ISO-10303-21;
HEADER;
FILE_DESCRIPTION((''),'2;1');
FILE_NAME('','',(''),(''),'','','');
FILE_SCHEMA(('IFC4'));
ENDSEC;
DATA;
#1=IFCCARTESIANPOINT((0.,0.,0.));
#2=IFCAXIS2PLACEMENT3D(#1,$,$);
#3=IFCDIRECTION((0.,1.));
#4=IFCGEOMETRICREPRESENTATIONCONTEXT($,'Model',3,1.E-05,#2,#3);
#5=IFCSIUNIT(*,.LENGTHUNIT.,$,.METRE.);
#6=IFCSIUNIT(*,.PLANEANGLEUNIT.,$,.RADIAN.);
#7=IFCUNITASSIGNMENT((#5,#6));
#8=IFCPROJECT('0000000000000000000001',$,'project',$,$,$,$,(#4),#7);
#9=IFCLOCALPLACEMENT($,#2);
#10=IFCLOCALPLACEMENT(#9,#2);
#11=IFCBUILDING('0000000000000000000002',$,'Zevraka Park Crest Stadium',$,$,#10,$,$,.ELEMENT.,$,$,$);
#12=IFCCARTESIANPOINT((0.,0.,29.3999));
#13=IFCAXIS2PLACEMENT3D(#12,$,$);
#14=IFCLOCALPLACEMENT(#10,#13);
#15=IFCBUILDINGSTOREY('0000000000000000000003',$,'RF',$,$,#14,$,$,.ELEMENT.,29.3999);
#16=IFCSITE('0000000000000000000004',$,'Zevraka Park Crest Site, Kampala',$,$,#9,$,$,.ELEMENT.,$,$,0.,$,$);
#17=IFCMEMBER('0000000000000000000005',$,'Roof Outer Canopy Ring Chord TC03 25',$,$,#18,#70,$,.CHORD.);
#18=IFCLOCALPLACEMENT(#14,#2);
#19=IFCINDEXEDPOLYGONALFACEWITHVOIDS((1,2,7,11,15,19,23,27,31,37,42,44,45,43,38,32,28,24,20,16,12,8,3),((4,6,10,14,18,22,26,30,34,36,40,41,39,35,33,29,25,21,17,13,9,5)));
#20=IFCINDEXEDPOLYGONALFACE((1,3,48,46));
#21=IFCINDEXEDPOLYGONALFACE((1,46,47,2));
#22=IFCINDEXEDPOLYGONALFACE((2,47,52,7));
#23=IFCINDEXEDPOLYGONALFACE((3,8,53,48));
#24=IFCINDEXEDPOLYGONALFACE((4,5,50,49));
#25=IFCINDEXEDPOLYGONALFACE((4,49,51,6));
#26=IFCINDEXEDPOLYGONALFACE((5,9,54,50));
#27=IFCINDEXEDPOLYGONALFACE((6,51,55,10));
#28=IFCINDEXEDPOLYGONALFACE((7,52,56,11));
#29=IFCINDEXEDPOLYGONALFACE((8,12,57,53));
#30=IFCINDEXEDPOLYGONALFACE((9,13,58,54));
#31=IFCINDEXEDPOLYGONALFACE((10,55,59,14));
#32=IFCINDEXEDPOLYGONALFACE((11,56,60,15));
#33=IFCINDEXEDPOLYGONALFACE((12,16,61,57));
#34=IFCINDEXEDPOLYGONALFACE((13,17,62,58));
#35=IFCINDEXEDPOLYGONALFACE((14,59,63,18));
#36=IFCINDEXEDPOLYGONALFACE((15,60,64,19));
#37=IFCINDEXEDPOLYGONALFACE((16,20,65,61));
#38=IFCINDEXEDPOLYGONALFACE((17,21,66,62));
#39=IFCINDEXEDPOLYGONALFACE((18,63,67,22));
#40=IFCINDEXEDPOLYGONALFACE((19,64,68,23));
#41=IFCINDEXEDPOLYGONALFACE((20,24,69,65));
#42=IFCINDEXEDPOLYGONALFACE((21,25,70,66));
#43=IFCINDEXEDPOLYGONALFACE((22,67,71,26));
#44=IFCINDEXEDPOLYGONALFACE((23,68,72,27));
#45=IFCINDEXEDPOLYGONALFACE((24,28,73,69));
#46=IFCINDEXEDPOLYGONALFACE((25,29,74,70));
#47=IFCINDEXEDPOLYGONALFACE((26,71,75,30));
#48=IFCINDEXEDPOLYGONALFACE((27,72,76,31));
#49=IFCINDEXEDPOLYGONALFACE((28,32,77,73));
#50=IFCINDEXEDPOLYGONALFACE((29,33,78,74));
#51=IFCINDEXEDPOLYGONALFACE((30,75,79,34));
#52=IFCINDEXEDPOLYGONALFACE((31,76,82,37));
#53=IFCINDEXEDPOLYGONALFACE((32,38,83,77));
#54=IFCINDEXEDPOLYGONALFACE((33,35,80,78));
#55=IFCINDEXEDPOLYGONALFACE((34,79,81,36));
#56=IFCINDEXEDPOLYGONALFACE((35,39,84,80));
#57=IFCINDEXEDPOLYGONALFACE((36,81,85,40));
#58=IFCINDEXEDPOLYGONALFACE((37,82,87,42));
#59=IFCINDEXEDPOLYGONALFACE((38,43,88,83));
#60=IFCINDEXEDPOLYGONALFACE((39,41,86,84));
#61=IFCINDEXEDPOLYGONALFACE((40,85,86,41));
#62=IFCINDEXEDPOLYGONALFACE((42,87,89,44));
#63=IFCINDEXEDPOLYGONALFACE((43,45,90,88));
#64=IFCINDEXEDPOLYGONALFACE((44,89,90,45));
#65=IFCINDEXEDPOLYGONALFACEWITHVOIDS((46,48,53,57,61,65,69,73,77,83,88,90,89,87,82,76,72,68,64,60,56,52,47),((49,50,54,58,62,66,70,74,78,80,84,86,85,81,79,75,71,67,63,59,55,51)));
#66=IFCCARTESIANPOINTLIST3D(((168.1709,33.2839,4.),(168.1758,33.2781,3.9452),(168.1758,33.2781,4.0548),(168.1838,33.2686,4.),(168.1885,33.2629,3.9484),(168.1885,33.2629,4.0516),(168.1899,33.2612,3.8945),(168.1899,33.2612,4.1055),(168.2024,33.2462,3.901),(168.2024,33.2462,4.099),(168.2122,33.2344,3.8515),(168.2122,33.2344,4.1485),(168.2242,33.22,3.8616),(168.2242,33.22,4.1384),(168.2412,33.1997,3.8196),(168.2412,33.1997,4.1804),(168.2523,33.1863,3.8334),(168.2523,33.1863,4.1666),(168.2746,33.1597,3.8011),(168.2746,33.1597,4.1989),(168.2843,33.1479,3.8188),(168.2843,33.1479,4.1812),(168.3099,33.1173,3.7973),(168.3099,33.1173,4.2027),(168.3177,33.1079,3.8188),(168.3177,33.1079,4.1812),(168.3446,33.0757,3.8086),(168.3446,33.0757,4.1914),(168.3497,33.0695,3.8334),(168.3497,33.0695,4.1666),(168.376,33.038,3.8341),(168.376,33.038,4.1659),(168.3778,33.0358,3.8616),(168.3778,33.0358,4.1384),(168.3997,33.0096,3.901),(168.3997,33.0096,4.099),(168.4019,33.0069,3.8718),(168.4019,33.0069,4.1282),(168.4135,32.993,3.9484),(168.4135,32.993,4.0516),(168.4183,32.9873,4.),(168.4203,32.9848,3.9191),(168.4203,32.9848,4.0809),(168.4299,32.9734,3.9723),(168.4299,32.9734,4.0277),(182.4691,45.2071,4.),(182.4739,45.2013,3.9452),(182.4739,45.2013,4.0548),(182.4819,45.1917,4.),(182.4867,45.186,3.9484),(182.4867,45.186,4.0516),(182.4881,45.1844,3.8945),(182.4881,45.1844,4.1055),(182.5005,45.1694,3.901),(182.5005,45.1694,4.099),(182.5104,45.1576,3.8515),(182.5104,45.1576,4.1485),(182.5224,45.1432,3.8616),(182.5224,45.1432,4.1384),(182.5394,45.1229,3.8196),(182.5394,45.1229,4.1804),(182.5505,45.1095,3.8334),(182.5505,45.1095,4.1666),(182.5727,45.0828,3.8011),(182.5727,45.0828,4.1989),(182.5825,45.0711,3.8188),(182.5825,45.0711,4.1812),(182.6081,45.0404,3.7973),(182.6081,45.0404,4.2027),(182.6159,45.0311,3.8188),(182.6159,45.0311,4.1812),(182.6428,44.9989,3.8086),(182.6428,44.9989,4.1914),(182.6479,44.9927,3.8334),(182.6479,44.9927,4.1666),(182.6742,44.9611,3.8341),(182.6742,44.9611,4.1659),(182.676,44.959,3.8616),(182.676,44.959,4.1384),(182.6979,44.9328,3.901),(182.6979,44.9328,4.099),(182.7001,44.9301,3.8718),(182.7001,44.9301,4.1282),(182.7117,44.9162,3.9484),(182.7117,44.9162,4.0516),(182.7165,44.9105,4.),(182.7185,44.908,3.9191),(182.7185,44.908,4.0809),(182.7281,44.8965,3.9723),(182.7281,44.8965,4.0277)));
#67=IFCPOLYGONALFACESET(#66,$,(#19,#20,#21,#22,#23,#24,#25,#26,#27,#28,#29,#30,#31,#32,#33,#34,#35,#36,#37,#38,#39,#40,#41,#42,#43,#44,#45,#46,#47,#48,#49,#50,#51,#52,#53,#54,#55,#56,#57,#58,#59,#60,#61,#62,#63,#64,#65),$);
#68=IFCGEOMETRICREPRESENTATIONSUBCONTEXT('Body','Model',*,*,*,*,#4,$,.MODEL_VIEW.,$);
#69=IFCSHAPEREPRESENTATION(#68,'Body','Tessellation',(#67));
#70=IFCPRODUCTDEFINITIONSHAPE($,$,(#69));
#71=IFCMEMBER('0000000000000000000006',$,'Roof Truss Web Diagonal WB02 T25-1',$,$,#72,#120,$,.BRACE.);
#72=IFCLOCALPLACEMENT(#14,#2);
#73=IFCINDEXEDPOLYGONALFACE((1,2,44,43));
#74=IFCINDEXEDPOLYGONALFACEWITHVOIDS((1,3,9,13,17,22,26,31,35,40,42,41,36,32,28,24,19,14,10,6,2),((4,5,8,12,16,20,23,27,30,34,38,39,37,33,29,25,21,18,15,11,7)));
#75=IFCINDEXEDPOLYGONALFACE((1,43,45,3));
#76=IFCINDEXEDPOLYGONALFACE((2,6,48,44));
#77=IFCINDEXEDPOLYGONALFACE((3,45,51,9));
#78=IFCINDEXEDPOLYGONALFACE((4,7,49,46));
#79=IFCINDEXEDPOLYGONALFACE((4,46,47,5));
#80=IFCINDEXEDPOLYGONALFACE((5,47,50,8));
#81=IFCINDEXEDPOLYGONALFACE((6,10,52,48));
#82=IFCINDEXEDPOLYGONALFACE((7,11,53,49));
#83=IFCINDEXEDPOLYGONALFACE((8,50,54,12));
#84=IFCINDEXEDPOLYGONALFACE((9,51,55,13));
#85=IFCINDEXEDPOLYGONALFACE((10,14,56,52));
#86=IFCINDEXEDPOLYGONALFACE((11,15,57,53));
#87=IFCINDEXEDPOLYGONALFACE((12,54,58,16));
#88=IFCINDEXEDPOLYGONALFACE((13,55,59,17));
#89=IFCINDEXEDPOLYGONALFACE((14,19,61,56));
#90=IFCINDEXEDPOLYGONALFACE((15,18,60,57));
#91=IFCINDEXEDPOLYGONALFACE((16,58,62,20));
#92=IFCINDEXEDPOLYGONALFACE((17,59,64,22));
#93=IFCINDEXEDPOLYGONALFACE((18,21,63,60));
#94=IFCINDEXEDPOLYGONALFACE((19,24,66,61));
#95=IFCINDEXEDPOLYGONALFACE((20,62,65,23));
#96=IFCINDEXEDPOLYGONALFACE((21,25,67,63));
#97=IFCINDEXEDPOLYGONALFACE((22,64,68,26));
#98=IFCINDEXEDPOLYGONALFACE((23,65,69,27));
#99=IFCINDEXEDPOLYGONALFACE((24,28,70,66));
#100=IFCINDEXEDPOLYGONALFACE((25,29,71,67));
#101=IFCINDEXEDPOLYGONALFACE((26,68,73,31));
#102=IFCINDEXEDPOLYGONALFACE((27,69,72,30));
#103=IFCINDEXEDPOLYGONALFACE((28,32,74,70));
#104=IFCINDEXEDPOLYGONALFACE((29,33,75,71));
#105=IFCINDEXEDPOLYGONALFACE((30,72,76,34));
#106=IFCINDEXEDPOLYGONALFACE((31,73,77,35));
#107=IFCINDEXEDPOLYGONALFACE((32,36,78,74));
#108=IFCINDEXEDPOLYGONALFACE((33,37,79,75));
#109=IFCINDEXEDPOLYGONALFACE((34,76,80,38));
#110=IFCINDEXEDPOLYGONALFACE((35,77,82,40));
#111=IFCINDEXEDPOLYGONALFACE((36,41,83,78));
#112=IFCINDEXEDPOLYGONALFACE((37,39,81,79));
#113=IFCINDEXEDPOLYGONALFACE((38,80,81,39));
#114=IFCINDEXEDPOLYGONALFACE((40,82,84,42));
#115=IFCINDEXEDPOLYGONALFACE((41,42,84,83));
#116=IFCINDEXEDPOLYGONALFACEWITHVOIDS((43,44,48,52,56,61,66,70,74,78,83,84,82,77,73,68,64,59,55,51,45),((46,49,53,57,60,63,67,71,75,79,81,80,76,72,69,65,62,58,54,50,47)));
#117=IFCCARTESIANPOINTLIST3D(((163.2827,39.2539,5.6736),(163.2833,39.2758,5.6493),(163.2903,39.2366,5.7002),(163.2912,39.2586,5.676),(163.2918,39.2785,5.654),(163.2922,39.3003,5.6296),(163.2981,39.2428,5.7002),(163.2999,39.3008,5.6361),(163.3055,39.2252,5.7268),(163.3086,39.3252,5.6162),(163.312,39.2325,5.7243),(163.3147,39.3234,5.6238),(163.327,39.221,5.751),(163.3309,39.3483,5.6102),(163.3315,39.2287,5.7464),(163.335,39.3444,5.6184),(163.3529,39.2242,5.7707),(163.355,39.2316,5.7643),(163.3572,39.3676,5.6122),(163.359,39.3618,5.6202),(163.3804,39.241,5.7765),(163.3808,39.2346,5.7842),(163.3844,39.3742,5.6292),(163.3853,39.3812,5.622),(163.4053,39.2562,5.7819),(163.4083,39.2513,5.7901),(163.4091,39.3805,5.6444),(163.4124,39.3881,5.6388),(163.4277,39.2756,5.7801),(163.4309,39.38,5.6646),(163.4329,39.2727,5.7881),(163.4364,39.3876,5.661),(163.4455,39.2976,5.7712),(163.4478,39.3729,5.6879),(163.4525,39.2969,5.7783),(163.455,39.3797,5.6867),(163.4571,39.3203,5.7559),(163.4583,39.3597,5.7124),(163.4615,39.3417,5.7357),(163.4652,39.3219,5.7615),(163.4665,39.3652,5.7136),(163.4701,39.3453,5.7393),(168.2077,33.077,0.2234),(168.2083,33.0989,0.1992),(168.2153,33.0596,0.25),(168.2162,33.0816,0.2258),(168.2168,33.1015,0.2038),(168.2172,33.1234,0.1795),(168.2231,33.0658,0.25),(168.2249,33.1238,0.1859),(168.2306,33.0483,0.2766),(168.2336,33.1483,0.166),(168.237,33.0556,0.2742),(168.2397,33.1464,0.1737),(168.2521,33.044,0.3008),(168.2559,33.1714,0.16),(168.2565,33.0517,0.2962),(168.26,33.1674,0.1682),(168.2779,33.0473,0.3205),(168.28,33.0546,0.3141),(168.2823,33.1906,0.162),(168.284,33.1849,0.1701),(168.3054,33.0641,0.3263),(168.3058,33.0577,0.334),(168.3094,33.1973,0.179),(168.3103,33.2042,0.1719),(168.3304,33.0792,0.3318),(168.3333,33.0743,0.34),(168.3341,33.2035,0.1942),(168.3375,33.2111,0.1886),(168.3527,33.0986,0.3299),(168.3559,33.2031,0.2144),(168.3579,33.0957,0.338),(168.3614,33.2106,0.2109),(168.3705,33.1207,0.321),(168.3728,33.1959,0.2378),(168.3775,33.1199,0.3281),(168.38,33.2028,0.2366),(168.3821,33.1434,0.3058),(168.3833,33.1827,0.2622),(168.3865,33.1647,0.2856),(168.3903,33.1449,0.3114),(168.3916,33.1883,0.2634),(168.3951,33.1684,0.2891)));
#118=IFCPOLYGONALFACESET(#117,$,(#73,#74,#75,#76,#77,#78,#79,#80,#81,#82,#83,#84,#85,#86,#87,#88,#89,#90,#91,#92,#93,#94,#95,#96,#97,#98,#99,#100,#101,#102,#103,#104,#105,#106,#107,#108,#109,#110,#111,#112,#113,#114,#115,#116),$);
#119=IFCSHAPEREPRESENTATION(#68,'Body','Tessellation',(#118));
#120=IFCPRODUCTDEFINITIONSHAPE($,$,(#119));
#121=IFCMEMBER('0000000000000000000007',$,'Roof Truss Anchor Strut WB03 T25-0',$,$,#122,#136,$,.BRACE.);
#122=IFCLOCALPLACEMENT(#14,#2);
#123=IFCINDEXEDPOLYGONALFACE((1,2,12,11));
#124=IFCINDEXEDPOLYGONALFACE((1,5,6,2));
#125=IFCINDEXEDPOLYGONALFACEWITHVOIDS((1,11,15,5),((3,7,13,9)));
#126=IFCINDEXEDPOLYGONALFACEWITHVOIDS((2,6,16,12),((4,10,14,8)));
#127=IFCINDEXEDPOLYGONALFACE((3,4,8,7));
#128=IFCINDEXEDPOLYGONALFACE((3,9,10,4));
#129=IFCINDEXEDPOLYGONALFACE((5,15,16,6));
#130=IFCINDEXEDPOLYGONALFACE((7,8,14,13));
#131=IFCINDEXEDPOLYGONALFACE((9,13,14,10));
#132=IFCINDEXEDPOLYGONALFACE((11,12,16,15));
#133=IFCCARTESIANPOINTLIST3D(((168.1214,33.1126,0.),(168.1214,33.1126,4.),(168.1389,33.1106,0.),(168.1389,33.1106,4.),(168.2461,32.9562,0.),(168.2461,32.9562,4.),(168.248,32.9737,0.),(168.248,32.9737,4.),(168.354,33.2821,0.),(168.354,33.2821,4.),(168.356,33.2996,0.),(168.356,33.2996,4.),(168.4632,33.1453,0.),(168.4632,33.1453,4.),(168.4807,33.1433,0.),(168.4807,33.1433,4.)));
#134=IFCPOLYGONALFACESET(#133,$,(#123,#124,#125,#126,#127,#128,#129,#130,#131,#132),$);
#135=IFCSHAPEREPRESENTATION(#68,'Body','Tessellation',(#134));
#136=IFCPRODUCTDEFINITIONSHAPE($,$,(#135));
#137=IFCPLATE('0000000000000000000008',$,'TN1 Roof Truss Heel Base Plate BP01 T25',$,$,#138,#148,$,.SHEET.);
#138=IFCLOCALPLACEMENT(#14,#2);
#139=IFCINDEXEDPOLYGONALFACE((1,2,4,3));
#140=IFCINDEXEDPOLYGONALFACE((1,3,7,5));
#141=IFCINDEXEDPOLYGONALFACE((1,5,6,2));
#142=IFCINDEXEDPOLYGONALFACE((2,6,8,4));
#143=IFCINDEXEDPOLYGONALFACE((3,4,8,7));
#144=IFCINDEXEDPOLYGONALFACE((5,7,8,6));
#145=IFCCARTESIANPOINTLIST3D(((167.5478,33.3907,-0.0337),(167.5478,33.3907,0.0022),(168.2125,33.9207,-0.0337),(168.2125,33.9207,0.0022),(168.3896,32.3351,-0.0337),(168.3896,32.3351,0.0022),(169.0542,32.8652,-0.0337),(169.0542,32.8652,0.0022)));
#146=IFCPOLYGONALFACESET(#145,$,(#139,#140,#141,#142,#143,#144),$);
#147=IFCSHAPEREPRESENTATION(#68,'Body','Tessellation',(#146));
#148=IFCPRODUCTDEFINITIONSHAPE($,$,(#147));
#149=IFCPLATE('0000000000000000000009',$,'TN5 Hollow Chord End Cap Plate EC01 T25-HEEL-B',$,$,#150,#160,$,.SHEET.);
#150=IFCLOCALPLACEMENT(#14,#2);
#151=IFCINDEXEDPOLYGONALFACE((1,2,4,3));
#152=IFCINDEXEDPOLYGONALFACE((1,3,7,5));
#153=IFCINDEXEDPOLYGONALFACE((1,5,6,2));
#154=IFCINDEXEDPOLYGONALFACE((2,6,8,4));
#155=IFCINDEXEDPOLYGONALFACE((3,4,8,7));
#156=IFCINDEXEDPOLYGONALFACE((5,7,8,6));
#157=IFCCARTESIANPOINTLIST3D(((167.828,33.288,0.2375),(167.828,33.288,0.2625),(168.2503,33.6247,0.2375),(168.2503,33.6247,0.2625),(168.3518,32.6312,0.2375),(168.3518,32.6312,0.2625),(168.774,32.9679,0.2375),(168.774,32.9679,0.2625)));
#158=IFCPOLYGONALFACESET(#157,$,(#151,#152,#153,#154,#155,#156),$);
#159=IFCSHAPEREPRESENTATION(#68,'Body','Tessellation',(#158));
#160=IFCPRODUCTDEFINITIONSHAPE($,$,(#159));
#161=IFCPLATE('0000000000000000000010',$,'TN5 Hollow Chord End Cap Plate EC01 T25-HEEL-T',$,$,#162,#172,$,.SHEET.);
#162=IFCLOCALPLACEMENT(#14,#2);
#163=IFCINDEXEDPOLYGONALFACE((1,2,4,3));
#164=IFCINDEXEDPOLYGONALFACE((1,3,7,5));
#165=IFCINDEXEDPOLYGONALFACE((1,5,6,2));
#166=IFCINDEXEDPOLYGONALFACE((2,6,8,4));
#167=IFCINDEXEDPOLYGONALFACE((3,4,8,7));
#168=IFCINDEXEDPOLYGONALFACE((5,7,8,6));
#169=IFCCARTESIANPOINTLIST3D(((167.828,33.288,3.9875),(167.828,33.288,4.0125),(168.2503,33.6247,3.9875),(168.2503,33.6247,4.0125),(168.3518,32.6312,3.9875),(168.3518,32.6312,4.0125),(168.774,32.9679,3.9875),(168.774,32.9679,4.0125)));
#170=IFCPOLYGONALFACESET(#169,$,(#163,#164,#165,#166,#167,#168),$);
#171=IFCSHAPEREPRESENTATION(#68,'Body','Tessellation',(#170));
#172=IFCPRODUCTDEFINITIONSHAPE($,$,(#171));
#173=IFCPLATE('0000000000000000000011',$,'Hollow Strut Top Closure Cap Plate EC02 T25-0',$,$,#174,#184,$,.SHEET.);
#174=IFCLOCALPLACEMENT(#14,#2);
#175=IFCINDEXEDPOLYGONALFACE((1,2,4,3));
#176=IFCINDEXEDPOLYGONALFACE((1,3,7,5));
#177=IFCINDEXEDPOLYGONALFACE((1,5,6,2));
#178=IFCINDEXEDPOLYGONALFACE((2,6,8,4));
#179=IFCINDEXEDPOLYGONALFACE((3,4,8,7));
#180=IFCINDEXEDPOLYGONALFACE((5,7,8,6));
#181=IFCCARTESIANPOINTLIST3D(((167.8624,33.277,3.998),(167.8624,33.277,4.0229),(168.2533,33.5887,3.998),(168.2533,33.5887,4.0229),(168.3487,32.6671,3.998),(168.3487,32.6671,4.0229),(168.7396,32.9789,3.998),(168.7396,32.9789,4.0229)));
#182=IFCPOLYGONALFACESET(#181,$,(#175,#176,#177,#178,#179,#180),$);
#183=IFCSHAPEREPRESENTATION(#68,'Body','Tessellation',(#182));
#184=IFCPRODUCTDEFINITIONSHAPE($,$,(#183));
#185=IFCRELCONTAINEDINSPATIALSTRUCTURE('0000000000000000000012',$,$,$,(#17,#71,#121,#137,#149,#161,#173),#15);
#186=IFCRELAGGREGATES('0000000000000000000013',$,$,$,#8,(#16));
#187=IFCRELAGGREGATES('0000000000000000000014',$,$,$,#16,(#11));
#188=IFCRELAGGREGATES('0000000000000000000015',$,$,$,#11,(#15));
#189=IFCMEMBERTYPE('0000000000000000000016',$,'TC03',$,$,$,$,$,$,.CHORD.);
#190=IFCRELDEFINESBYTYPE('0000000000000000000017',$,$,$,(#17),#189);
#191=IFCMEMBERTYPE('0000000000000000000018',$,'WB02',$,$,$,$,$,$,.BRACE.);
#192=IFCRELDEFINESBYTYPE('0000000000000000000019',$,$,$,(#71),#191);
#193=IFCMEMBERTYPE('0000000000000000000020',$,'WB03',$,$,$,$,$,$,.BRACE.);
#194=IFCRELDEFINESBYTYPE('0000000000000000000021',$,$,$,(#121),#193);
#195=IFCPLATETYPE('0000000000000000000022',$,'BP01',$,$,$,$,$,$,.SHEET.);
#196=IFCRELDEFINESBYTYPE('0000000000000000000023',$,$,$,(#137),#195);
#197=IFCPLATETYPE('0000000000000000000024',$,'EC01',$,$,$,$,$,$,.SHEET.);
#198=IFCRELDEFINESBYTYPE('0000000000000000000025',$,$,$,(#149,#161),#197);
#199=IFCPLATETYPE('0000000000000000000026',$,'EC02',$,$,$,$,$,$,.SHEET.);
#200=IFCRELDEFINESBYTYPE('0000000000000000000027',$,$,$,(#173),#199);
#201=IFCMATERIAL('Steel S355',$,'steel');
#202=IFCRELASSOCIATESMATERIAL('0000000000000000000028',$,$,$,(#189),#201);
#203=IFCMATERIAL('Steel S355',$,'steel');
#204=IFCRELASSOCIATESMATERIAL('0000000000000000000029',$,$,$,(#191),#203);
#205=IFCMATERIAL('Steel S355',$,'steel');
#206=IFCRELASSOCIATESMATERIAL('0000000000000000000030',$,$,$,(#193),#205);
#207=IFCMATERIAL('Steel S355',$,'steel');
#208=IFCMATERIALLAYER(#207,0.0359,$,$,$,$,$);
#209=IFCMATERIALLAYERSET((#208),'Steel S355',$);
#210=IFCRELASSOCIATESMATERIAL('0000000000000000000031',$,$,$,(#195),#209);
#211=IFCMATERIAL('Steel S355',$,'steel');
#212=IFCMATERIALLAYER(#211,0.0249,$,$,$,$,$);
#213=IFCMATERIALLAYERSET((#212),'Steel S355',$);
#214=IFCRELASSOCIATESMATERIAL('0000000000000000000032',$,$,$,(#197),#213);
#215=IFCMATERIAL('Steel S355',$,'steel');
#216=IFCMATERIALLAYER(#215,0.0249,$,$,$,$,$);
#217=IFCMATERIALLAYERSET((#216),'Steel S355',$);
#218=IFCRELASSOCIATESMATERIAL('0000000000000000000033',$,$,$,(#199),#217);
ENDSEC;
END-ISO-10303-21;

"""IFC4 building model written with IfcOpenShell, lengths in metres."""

from ifc_helpers import new_model, si_unit, direction, frame, origin, origin_2d, place, context, subcontext, project, spatial, rectangle, hollow_rectangle, hollow_circle, extrude, material, layer, layer_set, material_profile, profile_set, type_object, element, save


model = new_model("IFC4")

# Units and contexts
model_context = context("Model", 3, precision=1e-05, world=origin(), true_north=direction((0.0, 1.0)))
body_context = subcontext(model_context, "Body", "Model", "MODEL_VIEW")
ifc_project = project(units=[si_unit("LENGTHUNIT", "METRE"), si_unit("PLANEANGLEUNIT", "RADIAN")], contexts=[model_context])

# Site, building, storey
site_placement = place(None, origin())
site = spatial("IfcSite", under=ifc_project, at=site_placement, Name="Zevraka Park Crest Site, Kampala", CompositionType="ELEMENT", RefElevation=0.0)
building_placement = place(site_placement, origin())
building = spatial("IfcBuilding", under=site, at=building_placement, Name="Zevraka Park Crest Stadium", CompositionType="ELEMENT")
storey_placement = place(building_placement, frame((0.0, 0.0, 29.3999)))
storey = spatial("IfcBuildingStorey", under=building, at=storey_placement, Name="RF", CompositionType="ELEMENT", Elevation=29.3999)

# Members
ifc_material_1 = material(Name="Steel S355", Category="steel")
ifc_material_profile_1 = material_profile(ifc_material_1, hollow_circle(Radius=0.2031, WallThickness=0.02, at=origin_2d()), Name="CHS 406.4x20")
ifc_profile_set_1 = profile_set([ifc_material_profile_1], Name="Steel S355")
member_type_1 = type_object("IfcMemberType", Name="TC03", PredefinedType="CHORD", material=ifc_profile_set_1)
member_1_placement = place(storey_placement, frame((168.301, 33.1279, 4.0), z_axis=(0.768009, 0.640438, 0.0), x_axis=(-0.640438, 0.768009, 0.0)))
element("IfcMember", 1, at=member_1_placement, inside=storey, type_object=member_type_1, Name="Roof Outer Canopy Ring Chord TC03 25", PredefinedType="CHORD", context=body_context, shape_type="SweptSolid", body=[
    extrude(hollow_circle(Radius=0.2031, WallThickness=0.02, at=origin_2d()), origin(), (0.0, 0.0, 1.0), 18.6172),
])
ifc_material_2 = material(Name="Steel S355", Category="steel")
ifc_material_profile_2 = material_profile(ifc_material_2, hollow_circle(Radius=0.1096, WallThickness=0.01, at=origin_2d()), Name="CHS 219.1x10")
ifc_profile_set_2 = profile_set([ifc_material_profile_2], Name="Steel S355")
member_type_2 = type_object("IfcMemberType", Name="WB02", PredefinedType="BRACE", material=ifc_profile_set_2)
member_2_placement = place(storey_placement, frame((168.301, 33.1279, 0.25), z_axis=(-0.513148, 0.643591, 0.567864), x_axis=(-0.78189, -0.623417, 0.0)))
element("IfcMember", 2, at=member_2_placement, inside=storey, type_object=member_type_2, Name="Roof Truss Web Diagonal WB02 T25-1", PredefinedType="BRACE", context=body_context, shape_type="SweptSolid", body=[
    extrude(hollow_circle(Radius=0.1096, WallThickness=0.01, at=origin_2d()), origin(), (0.0, 0.0, 1.0), 9.5977),
])
ifc_material_3 = material(Name="Steel S355", Category="steel")
ifc_material_profile_3 = material_profile(ifc_material_3, hollow_rectangle(XDim=0.2, YDim=0.3, WallThickness=0.0125, at=origin_2d()), Name="RHS 300x200x12.5")
ifc_profile_set_3 = profile_set([ifc_material_profile_3], Name="Steel S355")
member_type_3 = type_object("IfcMemberType", Name="WB03", PredefinedType="BRACE", material=ifc_profile_set_3)
member_3_placement = place(storey_placement, frame((168.301, 33.1279, 0.0), z_axis=(0.0, 0.0, 1.0), x_axis=(-0.62347, 0.781847, 0.0)))
element("IfcMember", 3, at=member_3_placement, inside=storey, type_object=member_type_3, Name="Roof Truss Anchor Strut WB03 T25-0", PredefinedType="BRACE", context=body_context, shape_type="SweptSolid", body=[
    extrude(hollow_rectangle(XDim=0.2, YDim=0.3, WallThickness=0.0125, at=origin_2d()), origin(), (0.0, 0.0, 1.0), 4.0),
])

# Plates
ifc_material_4 = material(Name="Steel S355", Category="steel")
ifc_layer_1 = layer(ifc_material_4, 0.0359)
ifc_layer_set_1 = layer_set([ifc_layer_1], Name="Steel S355")
plate_type_1 = type_object("IfcPlateType", Name="BP01", PredefinedType="SHEET", material=ifc_layer_set_1)
plate_1_placement = place(storey_placement, frame((168.301, 33.1279, -0.0337), z_axis=(0.0, 0.0, 1.0), x_axis=(-0.62347, 0.781847, 0.0)))
element("IfcPlate", 4, at=plate_1_placement, inside=storey, type_object=plate_type_1, Name="TN1 Roof Truss Heel Base Plate BP01 T25", PredefinedType="SHEET", context=body_context, shape_type="SweptSolid", body=[
    extrude(rectangle(XDim=1.3501, YDim=0.8501, at=origin_2d()), origin(), (0.0, 0.0, 1.0), 0.0359),
])
ifc_material_5 = material(Name="Steel S355", Category="steel")
ifc_layer_2 = layer(ifc_material_5, 0.0249)
ifc_layer_set_2 = layer_set([ifc_layer_2], Name="Steel S355")
plate_type_2 = type_object("IfcPlateType", Name="EC01", PredefinedType="SHEET", material=ifc_layer_set_2)
for number, where, z_axis, x_axis, name in (
    (5, (168.301, 33.1279, 0.2375), (0.0, 0.0, 1.0), (-0.62347, 0.781847, 0.0), "TN5 Hollow Chord End Cap Plate EC01 T25-HEEL-B"),
    (6, (168.301, 33.1279, 3.9875), (0.0, 0.0, 1.0), (-0.62347, 0.781847, 0.0), "TN5 Hollow Chord End Cap Plate EC01 T25-HEEL-T"),
):
    element("IfcPlate", number, at=place(storey_placement, frame(where, z_axis=z_axis, x_axis=x_axis)), inside=storey, type_object=plate_type_2, Name=name, PredefinedType="SHEET", context=body_context, shape_type="SweptSolid", body=[
        extrude(rectangle(XDim=0.8401, YDim=0.54, at=origin_2d()), origin(), (0.0, 0.0, 1.0), 0.0249),
    ])
ifc_material_6 = material(Name="Steel S355", Category="steel")
ifc_layer_3 = layer(ifc_material_6, 0.0249)
ifc_layer_set_3 = layer_set([ifc_layer_3], Name="Steel S355")
plate_type_3 = type_object("IfcPlateType", Name="EC02", PredefinedType="SHEET", material=ifc_layer_set_3)
plate_2_placement = place(storey_placement, frame((168.301, 33.1279, 3.998), z_axis=(0.0, 0.0, 1.0), x_axis=(-0.62347, 0.781847, 0.0)))
element("IfcPlate", 7, at=plate_2_placement, inside=storey, type_object=plate_type_3, Name="Hollow Strut Top Closure Cap Plate EC02 T25-0", PredefinedType="SHEET", context=body_context, shape_type="SweptSolid", body=[
    extrude(rectangle(XDim=0.78, YDim=0.5, at=origin_2d()), origin(), (0.0, 0.0, 1.0), 0.0249),
])

save(model, "model.ifc")
